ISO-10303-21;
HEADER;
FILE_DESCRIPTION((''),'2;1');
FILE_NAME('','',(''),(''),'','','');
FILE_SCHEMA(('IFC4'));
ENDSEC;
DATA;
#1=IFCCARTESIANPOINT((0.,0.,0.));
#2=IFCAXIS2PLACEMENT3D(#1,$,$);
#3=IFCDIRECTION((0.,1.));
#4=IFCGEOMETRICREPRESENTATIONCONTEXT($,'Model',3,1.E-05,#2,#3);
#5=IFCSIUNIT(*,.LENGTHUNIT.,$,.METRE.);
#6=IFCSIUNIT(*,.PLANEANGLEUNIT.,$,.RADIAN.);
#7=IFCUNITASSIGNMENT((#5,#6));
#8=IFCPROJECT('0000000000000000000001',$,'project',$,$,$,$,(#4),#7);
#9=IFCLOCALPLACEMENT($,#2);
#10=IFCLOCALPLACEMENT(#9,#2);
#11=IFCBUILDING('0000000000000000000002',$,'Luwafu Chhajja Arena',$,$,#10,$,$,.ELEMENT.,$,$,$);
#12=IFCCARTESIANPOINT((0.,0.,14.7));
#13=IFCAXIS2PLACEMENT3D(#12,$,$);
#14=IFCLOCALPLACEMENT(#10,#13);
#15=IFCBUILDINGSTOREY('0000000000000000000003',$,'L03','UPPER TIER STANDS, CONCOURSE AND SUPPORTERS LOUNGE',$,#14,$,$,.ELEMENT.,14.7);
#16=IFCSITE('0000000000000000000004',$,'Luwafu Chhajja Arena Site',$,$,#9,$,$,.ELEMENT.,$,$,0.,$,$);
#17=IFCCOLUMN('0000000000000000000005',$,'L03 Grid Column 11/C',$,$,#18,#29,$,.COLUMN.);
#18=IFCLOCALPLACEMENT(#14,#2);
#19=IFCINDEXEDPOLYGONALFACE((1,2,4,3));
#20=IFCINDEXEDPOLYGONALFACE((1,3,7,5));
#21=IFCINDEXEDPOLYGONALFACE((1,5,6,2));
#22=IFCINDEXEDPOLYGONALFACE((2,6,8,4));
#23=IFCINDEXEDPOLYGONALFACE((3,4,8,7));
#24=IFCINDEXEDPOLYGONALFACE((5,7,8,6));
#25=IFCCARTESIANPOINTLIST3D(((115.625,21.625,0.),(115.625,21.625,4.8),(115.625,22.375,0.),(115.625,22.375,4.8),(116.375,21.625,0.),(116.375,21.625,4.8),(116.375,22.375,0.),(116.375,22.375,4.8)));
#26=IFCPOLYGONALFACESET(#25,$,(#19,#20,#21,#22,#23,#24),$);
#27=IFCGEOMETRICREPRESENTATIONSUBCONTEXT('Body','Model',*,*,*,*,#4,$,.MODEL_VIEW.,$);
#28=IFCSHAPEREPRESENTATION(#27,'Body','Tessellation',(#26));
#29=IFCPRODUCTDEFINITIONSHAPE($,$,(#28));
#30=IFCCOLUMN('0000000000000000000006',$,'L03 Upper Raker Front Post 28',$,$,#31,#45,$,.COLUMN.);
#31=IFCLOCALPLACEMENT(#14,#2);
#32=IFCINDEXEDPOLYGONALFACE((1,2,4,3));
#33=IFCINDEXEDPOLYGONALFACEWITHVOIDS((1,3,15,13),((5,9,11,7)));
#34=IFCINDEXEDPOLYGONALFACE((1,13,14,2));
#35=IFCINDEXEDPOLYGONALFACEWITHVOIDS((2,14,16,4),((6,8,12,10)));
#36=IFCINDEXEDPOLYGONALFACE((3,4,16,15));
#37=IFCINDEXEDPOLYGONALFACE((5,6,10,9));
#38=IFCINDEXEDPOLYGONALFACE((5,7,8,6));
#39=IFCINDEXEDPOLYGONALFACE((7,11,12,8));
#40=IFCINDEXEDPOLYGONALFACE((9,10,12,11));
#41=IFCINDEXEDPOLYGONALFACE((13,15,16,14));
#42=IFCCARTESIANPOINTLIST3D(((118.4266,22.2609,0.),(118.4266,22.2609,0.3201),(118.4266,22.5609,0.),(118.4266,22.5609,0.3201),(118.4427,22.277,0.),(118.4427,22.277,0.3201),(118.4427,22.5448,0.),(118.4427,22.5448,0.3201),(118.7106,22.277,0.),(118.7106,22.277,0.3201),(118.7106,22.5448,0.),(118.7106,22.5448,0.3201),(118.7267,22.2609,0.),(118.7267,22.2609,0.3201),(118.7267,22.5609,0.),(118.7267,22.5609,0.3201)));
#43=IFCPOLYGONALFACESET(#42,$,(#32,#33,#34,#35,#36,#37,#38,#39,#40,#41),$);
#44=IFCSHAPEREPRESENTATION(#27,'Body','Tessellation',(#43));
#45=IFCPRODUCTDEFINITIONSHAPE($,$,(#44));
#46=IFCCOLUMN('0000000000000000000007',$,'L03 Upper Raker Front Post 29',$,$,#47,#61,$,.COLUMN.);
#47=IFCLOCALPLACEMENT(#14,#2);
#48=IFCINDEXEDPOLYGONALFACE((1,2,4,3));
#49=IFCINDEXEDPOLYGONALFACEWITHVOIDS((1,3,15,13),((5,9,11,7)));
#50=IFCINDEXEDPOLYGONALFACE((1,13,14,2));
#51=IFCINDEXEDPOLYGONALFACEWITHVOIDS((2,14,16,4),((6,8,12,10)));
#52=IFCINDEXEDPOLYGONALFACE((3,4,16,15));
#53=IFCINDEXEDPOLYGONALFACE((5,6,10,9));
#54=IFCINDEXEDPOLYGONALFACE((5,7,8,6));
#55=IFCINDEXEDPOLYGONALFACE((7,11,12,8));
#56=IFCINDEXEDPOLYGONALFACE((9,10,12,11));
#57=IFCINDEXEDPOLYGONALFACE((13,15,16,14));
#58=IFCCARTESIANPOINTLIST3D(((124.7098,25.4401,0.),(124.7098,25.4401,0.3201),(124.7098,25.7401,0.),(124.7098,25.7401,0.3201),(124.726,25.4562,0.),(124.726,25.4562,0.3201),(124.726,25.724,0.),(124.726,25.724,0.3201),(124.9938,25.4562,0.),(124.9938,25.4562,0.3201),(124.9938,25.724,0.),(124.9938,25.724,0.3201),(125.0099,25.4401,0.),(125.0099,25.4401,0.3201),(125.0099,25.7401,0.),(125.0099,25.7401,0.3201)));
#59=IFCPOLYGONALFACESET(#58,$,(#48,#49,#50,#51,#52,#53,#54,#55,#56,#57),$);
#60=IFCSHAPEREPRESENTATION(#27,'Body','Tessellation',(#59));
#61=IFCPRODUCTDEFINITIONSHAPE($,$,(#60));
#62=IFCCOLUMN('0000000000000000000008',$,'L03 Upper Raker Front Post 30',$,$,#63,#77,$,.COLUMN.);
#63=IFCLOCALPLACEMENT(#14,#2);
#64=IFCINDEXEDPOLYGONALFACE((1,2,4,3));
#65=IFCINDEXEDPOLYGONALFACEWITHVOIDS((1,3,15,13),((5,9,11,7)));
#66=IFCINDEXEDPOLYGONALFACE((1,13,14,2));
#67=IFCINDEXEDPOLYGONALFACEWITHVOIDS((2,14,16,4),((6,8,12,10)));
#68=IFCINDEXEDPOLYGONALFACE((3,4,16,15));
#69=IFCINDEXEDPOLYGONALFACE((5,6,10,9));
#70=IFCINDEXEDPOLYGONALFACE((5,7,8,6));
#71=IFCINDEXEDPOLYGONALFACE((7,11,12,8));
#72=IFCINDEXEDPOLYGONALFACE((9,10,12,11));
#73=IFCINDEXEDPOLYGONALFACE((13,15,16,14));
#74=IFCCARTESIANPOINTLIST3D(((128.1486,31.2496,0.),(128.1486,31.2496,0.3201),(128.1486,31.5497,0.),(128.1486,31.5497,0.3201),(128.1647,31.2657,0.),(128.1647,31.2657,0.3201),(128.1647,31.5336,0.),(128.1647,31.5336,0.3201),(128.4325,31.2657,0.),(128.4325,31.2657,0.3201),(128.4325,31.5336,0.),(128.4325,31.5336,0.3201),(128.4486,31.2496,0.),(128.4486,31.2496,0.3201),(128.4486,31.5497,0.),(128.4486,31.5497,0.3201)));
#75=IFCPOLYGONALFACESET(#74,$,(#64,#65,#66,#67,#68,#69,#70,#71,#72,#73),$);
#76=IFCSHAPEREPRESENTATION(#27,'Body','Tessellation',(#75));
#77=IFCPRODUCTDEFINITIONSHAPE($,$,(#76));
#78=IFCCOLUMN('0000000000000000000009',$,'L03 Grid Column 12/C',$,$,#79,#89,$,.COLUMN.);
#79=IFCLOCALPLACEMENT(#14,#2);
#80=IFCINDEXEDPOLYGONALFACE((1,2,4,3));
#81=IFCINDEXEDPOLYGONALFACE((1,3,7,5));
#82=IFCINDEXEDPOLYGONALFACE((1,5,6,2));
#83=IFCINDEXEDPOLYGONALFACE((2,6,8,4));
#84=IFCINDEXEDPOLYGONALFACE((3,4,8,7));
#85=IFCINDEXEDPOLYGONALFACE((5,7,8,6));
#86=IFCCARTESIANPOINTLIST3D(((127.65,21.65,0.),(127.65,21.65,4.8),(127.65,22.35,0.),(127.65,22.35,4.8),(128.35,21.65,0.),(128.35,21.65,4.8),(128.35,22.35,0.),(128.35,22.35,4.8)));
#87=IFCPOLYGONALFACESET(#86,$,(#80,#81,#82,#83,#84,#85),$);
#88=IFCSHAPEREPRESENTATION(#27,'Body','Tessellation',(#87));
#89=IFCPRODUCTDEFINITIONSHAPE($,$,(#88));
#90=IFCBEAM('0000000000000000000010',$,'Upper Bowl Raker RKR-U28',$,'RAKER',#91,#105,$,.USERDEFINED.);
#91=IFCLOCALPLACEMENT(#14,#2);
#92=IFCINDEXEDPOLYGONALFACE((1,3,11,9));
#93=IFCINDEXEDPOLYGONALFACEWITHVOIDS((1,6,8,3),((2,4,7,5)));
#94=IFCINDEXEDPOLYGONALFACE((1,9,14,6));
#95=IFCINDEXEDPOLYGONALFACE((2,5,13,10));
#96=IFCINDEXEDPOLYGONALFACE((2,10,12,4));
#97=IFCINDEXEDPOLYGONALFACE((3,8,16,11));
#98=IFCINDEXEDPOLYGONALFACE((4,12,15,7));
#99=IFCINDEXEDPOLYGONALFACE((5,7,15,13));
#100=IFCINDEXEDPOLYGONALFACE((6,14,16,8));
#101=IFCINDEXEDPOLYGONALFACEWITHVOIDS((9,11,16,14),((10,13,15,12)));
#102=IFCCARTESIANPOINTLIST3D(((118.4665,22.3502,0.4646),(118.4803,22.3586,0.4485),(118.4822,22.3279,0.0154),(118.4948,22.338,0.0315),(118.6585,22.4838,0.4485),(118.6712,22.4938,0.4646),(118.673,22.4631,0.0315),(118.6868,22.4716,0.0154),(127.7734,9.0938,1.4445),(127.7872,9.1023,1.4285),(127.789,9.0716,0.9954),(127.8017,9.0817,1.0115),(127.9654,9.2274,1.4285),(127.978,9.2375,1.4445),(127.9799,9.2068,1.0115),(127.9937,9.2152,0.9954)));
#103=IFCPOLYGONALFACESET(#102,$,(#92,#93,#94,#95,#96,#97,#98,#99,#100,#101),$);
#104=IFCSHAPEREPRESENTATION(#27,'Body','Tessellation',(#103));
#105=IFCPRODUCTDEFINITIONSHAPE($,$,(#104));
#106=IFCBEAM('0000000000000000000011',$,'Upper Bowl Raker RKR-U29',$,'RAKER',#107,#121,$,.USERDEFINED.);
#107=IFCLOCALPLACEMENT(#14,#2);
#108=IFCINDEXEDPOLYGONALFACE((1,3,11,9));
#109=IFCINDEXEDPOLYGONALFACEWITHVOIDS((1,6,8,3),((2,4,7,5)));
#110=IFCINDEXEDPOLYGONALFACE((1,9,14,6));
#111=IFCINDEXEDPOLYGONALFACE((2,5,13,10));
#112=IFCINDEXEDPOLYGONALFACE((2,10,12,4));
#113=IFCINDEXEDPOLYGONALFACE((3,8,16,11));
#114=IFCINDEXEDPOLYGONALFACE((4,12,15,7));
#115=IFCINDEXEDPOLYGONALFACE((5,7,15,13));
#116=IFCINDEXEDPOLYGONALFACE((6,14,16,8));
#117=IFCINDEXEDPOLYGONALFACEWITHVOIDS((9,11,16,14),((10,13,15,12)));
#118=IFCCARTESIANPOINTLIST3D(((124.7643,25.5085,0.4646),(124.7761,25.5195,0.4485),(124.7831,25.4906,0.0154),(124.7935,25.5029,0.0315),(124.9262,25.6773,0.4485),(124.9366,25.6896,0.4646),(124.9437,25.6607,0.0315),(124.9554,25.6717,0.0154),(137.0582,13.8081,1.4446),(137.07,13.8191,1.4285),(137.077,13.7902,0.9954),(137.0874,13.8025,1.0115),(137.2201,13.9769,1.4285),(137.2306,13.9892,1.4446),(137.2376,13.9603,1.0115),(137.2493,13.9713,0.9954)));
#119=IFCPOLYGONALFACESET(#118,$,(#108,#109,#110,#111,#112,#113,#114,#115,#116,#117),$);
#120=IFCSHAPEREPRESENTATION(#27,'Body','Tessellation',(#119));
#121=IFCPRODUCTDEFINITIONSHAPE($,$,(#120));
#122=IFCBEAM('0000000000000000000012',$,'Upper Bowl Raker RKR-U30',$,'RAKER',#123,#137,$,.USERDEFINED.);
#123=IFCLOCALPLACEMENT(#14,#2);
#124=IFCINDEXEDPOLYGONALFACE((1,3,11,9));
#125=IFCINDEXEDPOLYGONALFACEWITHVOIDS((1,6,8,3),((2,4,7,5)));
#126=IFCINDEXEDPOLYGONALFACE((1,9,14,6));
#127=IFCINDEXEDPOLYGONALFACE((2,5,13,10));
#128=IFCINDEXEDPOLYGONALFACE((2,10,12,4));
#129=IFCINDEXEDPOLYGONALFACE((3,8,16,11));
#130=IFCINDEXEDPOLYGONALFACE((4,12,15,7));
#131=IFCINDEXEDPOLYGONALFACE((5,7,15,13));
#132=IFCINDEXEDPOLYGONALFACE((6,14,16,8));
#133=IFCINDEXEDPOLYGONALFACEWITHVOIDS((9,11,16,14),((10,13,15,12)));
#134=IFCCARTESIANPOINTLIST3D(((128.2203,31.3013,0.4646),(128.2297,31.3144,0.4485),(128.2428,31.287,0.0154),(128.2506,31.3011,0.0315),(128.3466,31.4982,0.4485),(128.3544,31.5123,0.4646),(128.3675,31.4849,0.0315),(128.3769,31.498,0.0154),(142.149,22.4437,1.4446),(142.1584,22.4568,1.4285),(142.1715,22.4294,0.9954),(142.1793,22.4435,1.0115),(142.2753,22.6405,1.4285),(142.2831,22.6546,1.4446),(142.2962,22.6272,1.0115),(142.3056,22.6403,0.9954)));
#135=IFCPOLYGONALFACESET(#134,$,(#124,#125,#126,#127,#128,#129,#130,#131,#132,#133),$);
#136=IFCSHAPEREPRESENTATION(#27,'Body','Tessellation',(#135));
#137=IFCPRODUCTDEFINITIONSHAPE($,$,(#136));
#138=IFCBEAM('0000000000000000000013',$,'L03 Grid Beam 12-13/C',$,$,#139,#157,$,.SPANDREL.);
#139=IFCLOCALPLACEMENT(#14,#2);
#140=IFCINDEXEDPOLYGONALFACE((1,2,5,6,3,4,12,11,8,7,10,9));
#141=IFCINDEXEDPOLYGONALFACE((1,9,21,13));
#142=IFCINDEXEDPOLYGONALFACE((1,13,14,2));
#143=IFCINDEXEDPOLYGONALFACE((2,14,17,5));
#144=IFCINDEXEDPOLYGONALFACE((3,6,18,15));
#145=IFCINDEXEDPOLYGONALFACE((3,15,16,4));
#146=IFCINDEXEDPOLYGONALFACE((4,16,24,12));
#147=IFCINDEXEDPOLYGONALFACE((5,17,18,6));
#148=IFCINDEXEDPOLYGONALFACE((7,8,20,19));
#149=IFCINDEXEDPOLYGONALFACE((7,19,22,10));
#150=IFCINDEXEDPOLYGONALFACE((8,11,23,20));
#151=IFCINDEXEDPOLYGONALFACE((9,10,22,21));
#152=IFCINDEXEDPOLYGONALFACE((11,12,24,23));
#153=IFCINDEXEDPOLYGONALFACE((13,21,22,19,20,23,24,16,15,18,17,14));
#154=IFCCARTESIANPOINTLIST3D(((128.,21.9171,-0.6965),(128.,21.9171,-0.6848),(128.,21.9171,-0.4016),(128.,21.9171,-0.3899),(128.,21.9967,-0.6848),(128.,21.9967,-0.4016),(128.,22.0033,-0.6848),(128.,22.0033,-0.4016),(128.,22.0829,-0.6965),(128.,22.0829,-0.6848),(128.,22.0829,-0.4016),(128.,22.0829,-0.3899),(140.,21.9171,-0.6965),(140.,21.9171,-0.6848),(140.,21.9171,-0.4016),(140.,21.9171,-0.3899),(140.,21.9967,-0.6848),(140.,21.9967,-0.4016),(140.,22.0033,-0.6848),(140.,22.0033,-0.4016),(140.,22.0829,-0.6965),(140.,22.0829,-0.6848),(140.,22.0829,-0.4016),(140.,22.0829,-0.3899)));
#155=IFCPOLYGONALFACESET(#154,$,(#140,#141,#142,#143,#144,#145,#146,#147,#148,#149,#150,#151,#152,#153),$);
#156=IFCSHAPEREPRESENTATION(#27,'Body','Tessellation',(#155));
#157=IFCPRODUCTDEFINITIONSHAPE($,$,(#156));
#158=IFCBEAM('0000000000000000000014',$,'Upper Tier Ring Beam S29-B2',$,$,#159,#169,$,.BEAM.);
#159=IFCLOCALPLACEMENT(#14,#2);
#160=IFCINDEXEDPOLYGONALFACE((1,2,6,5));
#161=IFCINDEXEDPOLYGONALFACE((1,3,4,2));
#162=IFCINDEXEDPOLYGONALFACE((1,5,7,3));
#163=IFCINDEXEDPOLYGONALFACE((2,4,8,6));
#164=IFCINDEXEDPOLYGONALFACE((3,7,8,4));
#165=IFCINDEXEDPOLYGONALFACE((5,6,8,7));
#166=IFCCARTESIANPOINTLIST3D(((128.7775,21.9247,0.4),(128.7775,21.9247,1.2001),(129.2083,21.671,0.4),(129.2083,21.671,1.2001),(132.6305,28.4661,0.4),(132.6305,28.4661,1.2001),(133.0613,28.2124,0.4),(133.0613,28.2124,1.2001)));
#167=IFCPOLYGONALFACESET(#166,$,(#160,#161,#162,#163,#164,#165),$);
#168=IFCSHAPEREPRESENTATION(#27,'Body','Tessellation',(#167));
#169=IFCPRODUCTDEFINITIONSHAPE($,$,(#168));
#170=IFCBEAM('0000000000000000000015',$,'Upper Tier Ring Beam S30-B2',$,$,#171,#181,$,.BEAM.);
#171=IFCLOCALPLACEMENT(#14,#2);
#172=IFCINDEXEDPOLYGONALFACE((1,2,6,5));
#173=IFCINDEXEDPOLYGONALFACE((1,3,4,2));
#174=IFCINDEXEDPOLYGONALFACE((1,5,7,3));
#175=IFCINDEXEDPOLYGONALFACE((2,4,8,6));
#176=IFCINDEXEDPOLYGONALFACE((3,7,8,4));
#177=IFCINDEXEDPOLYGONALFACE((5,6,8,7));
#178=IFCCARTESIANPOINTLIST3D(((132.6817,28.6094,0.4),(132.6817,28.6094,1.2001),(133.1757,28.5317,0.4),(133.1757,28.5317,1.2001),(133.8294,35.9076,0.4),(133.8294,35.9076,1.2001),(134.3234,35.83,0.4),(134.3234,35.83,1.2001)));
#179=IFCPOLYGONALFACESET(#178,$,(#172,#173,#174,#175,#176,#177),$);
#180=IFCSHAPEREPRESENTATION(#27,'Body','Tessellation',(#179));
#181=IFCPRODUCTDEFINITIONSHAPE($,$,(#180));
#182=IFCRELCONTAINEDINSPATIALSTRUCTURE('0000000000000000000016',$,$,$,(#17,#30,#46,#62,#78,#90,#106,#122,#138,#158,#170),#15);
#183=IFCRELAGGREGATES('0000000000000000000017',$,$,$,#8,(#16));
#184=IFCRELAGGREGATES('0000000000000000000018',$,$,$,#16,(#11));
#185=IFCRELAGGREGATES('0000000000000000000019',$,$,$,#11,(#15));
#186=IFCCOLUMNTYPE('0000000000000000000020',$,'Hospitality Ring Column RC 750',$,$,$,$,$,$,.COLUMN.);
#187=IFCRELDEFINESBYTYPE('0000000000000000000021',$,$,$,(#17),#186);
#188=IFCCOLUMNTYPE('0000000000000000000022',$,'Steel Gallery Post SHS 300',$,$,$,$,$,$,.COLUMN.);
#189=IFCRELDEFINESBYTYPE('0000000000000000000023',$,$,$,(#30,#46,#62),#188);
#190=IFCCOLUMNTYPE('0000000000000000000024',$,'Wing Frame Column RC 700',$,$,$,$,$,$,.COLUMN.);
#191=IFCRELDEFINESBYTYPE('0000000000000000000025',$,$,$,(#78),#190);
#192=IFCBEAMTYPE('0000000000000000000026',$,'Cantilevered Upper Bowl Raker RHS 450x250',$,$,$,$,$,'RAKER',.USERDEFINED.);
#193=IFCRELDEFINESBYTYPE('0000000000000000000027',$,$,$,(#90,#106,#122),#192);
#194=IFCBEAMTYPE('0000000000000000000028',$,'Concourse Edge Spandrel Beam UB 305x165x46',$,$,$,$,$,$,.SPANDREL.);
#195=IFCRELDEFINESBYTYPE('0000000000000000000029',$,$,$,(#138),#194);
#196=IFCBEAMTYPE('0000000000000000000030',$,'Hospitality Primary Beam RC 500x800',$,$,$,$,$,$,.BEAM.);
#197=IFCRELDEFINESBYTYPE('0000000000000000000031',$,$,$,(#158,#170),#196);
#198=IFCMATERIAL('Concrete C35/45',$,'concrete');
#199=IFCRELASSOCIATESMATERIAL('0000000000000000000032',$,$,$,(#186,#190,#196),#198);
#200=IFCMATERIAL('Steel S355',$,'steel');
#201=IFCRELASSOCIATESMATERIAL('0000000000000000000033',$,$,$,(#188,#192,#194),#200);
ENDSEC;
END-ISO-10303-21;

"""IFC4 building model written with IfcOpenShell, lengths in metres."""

from ifc_helpers import new_model, si_unit, direction, frame, origin, origin_2d, place, context, subcontext, project, spatial, rectangle, hollow_rectangle, i_section, extrude, material, material_profile, profile_set, type_object, element, save


model = new_model("IFC4")

# Units and contexts
model_context = context("Model", 3, precision=1e-05, world=origin(), true_north=direction((0.0, 1.0)))
body_context = subcontext(model_context, "Body", "Model", "MODEL_VIEW")
ifc_project = project(units=[si_unit("LENGTHUNIT", "METRE"), si_unit("PLANEANGLEUNIT", "RADIAN")], contexts=[model_context])

# Site, building, storey
site_placement = place(None, origin())
site = spatial("IfcSite", under=ifc_project, at=site_placement, Name="Luwafu Chhajja Arena Site", CompositionType="ELEMENT", RefElevation=0.0)
building_placement = place(site_placement, origin())
building = spatial("IfcBuilding", under=site, at=building_placement, Name="Luwafu Chhajja Arena", CompositionType="ELEMENT")
storey_placement = place(building_placement, frame((0.0, 0.0, 14.7)))
storey = spatial("IfcBuildingStorey", under=building, at=storey_placement, Name="L03", Description="UPPER TIER STANDS, CONCOURSE AND SUPPORTERS LOUNGE", CompositionType="ELEMENT", Elevation=14.7)

# Columns
ifc_material_1 = material(Name="Concrete C35/45", Category="concrete")
ifc_material_profile_1 = material_profile(ifc_material_1, rectangle(XDim=0.75, YDim=0.75, at=origin_2d()), Name="RC 750x750")
ifc_profile_set_1 = profile_set([ifc_material_profile_1], Name="Concrete C35/45")
column_type_1 = type_object("IfcColumnType", Name="Hospitality Ring Column RC 750", PredefinedType="COLUMN", material=ifc_profile_set_1)
column_1_placement = place(storey_placement, frame((116.0, 22.0, 0.0), z_axis=(0.0, 0.0, 1.0), x_axis=(1.0, 0.0, 0.0)))
element("IfcColumn", 1, at=column_1_placement, inside=storey, type_object=column_type_1, Name="L03 Grid Column 11/C", PredefinedType="COLUMN", context=body_context, shape_type="SweptSolid", body=[
    extrude(rectangle(XDim=0.75, YDim=0.75, at=origin_2d()), origin(), (0.0, 0.0, 1.0), 4.8),
])
ifc_material_2 = material(Name="Steel S355", Category="steel")
ifc_material_profile_2 = material_profile(ifc_material_2, hollow_rectangle(XDim=0.3, YDim=0.3, WallThickness=0.0161, at=origin_2d()), Name="SHS 300x300x16")
ifc_profile_set_2 = profile_set([ifc_material_profile_2], Name="Steel S355")
column_type_2 = type_object("IfcColumnType", Name="Steel Gallery Post SHS 300", PredefinedType="COLUMN", material=ifc_profile_set_2)
for number, where, z_axis, x_axis, name in (
    (2, (118.5767, 22.4109, 0.0), (0.0, 0.0, 1.0), (1.0, 0.0, 0.0), "L03 Upper Raker Front Post 28"),
    (3, (124.8599, 25.5901, 0.0), (0.0, 0.0, 1.0), (1.0, 0.0, 0.0), "L03 Upper Raker Front Post 29"),
    (4, (128.2986, 31.3997, 0.0), (0.0, 0.0, 1.0), (1.0, 0.0, 0.0), "L03 Upper Raker Front Post 30"),
):
    element("IfcColumn", number, at=place(storey_placement, frame(where, z_axis=z_axis, x_axis=x_axis)), inside=storey, type_object=column_type_2, Name=name, PredefinedType="COLUMN", context=body_context, shape_type="SweptSolid", body=[
        extrude(hollow_rectangle(XDim=0.3, YDim=0.3, WallThickness=0.0161, at=origin_2d()), origin(), (0.0, 0.0, 1.0), 0.3201),
    ])
ifc_material_profile_3 = material_profile(ifc_material_1, rectangle(XDim=0.7, YDim=0.7, at=origin_2d()), Name="RC 700x700")
ifc_profile_set_3 = profile_set([ifc_material_profile_3], Name="Concrete C35/45")
column_type_3 = type_object("IfcColumnType", Name="Wing Frame Column RC 700", PredefinedType="COLUMN", material=ifc_profile_set_3)
column_2_placement = place(storey_placement, frame((128.0, 22.0, 0.0), z_axis=(0.0, 0.0, 1.0), x_axis=(1.0, 0.0, 0.0)))
element("IfcColumn", 5, at=column_2_placement, inside=storey, type_object=column_type_3, Name="L03 Grid Column 12/C", PredefinedType="COLUMN", context=body_context, shape_type="SweptSolid", body=[
    extrude(rectangle(XDim=0.7, YDim=0.7, at=origin_2d()), origin(), (0.0, 0.0, 1.0), 4.8),
])

# Beams
ifc_material_profile_4 = material_profile(ifc_material_2, hollow_rectangle(XDim=0.25, YDim=0.45, WallThickness=0.0161, at=origin_2d()), Name="RHS 450x250x16")
ifc_profile_set_4 = profile_set([ifc_material_profile_4], Name="Steel S355")
beam_type_1 = type_object("IfcBeamType", Name="Cantilevered Upper Bowl Raker RHS 450x250", ElementType="RAKER", PredefinedType="USERDEFINED", material=ifc_profile_set_4)
beam_1_placement = place(storey_placement, frame((118.5767, 22.4109, 0.24), z_axis=(0.57355, -0.816941, 0.060393), x_axis=(0.818435, 0.574599, 0.0)))
element("IfcBeam", 6, at=beam_1_placement, inside=storey, type_object=beam_type_1, Name="Upper Bowl Raker RKR-U28", ObjectType="RAKER", PredefinedType="USERDEFINED", context=body_context, shape_type="SweptSolid", body=[
    extrude(hollow_rectangle(XDim=0.25, YDim=0.45, WallThickness=0.0161, at=origin_2d()), origin(), (0.0, 0.0, 1.0), 16.2268),
])
beam_2_placement = place(storey_placement, frame((124.8599, 25.5901, 0.24), z_axis=(0.723171, -0.688259, 0.057646), x_axis=(0.689405, 0.724376, 0.0)))
element("IfcBeam", 7, at=beam_2_placement, inside=storey, type_object=beam_type_1, Name="Upper Bowl Raker RKR-U29", ObjectType="RAKER", PredefinedType="USERDEFINED", context=body_context, shape_type="SweptSolid", body=[
    extrude(hollow_rectangle(XDim=0.25, YDim=0.45, WallThickness=0.0161, at=origin_2d()), origin(), (0.0, 0.0, 1.0), 17.0),
])
beam_3_placement = place(storey_placement, frame((128.2986, 31.3997, 0.24), z_axis=(0.842345, -0.535671, 0.059265), x_axis=(0.536614, 0.843828, 0.0)))
element("IfcBeam", 8, at=beam_3_placement, inside=storey, type_object=beam_type_1, Name="Upper Bowl Raker RKR-U30", ObjectType="RAKER", PredefinedType="USERDEFINED", context=body_context, shape_type="SweptSolid", body=[
    extrude(hollow_rectangle(XDim=0.25, YDim=0.45, WallThickness=0.0161, at=origin_2d()), origin(), (0.0, 0.0, 1.0), 16.5356),
])
ifc_material_profile_5 = material_profile(ifc_material_2, i_section(OverallWidth=0.1658, OverallDepth=0.3066, WebThickness=0.0066, FlangeThickness=0.0117, at=origin_2d()), Name="UB 305x165x46")
ifc_profile_set_5 = profile_set([ifc_material_profile_5], Name="Steel S355")
beam_type_2 = type_object("IfcBeamType", Name="Concourse Edge Spandrel Beam UB 305x165x46", PredefinedType="SPANDREL", material=ifc_profile_set_5)
beam_4_placement = place(storey_placement, frame((128.0, 22.0, -0.5432), z_axis=(1.0, 0.0, 0.0), x_axis=(0.0, 1.0, 0.0)))
element("IfcBeam", 9, at=beam_4_placement, inside=storey, type_object=beam_type_2, Name="L03 Grid Beam 12-13/C", PredefinedType="SPANDREL", context=body_context, shape_type="SweptSolid", body=[
    extrude(i_section(OverallWidth=0.1658, OverallDepth=0.3066, WebThickness=0.0066, FlangeThickness=0.0117, at=origin_2d()), origin(), (0.0, 0.0, 1.0), 12.0),
])
ifc_material_profile_6 = material_profile(ifc_material_1, rectangle(XDim=0.5, YDim=0.8, at=origin_2d()), Name="RC 500x800")
ifc_profile_set_6 = profile_set([ifc_material_profile_6], Name="Concrete C35/45")
beam_type_3 = type_object("IfcBeamType", Name="Hospitality Primary Beam RC 500x800", PredefinedType="BEAM", material=ifc_profile_set_6)
beam_5_placement = place(storey_placement, frame((128.9929, 21.7979, 0.8), z_axis=(0.507518, 0.861641, 0.0), x_axis=(-0.861641, 0.507518, 0.0)))
element("IfcBeam", 10, at=beam_5_placement, inside=storey, type_object=beam_type_3, Name="Upper Tier Ring Beam S29-B2", PredefinedType="BEAM", context=body_context, shape_type="SweptSolid", body=[
    extrude(rectangle(XDim=0.5, YDim=0.8, at=origin_2d()), origin(), (0.0, 0.0, 1.0), 7.5918),
])
beam_6_placement = place(storey_placement, frame((132.9287, 28.5706, 0.8), z_axis=(0.155347, 0.98786, 0.0), x_axis=(-0.98786, 0.155347, 0.0)))
element("IfcBeam", 11, at=beam_6_placement, inside=storey, type_object=beam_type_3, Name="Upper Tier Ring Beam S30-B2", PredefinedType="BEAM", context=body_context, shape_type="SweptSolid", body=[
    extrude(rectangle(XDim=0.5, YDim=0.8, at=origin_2d()), origin(), (0.0, 0.0, 1.0), 7.3879),
])

save(model, "model.ifc")
